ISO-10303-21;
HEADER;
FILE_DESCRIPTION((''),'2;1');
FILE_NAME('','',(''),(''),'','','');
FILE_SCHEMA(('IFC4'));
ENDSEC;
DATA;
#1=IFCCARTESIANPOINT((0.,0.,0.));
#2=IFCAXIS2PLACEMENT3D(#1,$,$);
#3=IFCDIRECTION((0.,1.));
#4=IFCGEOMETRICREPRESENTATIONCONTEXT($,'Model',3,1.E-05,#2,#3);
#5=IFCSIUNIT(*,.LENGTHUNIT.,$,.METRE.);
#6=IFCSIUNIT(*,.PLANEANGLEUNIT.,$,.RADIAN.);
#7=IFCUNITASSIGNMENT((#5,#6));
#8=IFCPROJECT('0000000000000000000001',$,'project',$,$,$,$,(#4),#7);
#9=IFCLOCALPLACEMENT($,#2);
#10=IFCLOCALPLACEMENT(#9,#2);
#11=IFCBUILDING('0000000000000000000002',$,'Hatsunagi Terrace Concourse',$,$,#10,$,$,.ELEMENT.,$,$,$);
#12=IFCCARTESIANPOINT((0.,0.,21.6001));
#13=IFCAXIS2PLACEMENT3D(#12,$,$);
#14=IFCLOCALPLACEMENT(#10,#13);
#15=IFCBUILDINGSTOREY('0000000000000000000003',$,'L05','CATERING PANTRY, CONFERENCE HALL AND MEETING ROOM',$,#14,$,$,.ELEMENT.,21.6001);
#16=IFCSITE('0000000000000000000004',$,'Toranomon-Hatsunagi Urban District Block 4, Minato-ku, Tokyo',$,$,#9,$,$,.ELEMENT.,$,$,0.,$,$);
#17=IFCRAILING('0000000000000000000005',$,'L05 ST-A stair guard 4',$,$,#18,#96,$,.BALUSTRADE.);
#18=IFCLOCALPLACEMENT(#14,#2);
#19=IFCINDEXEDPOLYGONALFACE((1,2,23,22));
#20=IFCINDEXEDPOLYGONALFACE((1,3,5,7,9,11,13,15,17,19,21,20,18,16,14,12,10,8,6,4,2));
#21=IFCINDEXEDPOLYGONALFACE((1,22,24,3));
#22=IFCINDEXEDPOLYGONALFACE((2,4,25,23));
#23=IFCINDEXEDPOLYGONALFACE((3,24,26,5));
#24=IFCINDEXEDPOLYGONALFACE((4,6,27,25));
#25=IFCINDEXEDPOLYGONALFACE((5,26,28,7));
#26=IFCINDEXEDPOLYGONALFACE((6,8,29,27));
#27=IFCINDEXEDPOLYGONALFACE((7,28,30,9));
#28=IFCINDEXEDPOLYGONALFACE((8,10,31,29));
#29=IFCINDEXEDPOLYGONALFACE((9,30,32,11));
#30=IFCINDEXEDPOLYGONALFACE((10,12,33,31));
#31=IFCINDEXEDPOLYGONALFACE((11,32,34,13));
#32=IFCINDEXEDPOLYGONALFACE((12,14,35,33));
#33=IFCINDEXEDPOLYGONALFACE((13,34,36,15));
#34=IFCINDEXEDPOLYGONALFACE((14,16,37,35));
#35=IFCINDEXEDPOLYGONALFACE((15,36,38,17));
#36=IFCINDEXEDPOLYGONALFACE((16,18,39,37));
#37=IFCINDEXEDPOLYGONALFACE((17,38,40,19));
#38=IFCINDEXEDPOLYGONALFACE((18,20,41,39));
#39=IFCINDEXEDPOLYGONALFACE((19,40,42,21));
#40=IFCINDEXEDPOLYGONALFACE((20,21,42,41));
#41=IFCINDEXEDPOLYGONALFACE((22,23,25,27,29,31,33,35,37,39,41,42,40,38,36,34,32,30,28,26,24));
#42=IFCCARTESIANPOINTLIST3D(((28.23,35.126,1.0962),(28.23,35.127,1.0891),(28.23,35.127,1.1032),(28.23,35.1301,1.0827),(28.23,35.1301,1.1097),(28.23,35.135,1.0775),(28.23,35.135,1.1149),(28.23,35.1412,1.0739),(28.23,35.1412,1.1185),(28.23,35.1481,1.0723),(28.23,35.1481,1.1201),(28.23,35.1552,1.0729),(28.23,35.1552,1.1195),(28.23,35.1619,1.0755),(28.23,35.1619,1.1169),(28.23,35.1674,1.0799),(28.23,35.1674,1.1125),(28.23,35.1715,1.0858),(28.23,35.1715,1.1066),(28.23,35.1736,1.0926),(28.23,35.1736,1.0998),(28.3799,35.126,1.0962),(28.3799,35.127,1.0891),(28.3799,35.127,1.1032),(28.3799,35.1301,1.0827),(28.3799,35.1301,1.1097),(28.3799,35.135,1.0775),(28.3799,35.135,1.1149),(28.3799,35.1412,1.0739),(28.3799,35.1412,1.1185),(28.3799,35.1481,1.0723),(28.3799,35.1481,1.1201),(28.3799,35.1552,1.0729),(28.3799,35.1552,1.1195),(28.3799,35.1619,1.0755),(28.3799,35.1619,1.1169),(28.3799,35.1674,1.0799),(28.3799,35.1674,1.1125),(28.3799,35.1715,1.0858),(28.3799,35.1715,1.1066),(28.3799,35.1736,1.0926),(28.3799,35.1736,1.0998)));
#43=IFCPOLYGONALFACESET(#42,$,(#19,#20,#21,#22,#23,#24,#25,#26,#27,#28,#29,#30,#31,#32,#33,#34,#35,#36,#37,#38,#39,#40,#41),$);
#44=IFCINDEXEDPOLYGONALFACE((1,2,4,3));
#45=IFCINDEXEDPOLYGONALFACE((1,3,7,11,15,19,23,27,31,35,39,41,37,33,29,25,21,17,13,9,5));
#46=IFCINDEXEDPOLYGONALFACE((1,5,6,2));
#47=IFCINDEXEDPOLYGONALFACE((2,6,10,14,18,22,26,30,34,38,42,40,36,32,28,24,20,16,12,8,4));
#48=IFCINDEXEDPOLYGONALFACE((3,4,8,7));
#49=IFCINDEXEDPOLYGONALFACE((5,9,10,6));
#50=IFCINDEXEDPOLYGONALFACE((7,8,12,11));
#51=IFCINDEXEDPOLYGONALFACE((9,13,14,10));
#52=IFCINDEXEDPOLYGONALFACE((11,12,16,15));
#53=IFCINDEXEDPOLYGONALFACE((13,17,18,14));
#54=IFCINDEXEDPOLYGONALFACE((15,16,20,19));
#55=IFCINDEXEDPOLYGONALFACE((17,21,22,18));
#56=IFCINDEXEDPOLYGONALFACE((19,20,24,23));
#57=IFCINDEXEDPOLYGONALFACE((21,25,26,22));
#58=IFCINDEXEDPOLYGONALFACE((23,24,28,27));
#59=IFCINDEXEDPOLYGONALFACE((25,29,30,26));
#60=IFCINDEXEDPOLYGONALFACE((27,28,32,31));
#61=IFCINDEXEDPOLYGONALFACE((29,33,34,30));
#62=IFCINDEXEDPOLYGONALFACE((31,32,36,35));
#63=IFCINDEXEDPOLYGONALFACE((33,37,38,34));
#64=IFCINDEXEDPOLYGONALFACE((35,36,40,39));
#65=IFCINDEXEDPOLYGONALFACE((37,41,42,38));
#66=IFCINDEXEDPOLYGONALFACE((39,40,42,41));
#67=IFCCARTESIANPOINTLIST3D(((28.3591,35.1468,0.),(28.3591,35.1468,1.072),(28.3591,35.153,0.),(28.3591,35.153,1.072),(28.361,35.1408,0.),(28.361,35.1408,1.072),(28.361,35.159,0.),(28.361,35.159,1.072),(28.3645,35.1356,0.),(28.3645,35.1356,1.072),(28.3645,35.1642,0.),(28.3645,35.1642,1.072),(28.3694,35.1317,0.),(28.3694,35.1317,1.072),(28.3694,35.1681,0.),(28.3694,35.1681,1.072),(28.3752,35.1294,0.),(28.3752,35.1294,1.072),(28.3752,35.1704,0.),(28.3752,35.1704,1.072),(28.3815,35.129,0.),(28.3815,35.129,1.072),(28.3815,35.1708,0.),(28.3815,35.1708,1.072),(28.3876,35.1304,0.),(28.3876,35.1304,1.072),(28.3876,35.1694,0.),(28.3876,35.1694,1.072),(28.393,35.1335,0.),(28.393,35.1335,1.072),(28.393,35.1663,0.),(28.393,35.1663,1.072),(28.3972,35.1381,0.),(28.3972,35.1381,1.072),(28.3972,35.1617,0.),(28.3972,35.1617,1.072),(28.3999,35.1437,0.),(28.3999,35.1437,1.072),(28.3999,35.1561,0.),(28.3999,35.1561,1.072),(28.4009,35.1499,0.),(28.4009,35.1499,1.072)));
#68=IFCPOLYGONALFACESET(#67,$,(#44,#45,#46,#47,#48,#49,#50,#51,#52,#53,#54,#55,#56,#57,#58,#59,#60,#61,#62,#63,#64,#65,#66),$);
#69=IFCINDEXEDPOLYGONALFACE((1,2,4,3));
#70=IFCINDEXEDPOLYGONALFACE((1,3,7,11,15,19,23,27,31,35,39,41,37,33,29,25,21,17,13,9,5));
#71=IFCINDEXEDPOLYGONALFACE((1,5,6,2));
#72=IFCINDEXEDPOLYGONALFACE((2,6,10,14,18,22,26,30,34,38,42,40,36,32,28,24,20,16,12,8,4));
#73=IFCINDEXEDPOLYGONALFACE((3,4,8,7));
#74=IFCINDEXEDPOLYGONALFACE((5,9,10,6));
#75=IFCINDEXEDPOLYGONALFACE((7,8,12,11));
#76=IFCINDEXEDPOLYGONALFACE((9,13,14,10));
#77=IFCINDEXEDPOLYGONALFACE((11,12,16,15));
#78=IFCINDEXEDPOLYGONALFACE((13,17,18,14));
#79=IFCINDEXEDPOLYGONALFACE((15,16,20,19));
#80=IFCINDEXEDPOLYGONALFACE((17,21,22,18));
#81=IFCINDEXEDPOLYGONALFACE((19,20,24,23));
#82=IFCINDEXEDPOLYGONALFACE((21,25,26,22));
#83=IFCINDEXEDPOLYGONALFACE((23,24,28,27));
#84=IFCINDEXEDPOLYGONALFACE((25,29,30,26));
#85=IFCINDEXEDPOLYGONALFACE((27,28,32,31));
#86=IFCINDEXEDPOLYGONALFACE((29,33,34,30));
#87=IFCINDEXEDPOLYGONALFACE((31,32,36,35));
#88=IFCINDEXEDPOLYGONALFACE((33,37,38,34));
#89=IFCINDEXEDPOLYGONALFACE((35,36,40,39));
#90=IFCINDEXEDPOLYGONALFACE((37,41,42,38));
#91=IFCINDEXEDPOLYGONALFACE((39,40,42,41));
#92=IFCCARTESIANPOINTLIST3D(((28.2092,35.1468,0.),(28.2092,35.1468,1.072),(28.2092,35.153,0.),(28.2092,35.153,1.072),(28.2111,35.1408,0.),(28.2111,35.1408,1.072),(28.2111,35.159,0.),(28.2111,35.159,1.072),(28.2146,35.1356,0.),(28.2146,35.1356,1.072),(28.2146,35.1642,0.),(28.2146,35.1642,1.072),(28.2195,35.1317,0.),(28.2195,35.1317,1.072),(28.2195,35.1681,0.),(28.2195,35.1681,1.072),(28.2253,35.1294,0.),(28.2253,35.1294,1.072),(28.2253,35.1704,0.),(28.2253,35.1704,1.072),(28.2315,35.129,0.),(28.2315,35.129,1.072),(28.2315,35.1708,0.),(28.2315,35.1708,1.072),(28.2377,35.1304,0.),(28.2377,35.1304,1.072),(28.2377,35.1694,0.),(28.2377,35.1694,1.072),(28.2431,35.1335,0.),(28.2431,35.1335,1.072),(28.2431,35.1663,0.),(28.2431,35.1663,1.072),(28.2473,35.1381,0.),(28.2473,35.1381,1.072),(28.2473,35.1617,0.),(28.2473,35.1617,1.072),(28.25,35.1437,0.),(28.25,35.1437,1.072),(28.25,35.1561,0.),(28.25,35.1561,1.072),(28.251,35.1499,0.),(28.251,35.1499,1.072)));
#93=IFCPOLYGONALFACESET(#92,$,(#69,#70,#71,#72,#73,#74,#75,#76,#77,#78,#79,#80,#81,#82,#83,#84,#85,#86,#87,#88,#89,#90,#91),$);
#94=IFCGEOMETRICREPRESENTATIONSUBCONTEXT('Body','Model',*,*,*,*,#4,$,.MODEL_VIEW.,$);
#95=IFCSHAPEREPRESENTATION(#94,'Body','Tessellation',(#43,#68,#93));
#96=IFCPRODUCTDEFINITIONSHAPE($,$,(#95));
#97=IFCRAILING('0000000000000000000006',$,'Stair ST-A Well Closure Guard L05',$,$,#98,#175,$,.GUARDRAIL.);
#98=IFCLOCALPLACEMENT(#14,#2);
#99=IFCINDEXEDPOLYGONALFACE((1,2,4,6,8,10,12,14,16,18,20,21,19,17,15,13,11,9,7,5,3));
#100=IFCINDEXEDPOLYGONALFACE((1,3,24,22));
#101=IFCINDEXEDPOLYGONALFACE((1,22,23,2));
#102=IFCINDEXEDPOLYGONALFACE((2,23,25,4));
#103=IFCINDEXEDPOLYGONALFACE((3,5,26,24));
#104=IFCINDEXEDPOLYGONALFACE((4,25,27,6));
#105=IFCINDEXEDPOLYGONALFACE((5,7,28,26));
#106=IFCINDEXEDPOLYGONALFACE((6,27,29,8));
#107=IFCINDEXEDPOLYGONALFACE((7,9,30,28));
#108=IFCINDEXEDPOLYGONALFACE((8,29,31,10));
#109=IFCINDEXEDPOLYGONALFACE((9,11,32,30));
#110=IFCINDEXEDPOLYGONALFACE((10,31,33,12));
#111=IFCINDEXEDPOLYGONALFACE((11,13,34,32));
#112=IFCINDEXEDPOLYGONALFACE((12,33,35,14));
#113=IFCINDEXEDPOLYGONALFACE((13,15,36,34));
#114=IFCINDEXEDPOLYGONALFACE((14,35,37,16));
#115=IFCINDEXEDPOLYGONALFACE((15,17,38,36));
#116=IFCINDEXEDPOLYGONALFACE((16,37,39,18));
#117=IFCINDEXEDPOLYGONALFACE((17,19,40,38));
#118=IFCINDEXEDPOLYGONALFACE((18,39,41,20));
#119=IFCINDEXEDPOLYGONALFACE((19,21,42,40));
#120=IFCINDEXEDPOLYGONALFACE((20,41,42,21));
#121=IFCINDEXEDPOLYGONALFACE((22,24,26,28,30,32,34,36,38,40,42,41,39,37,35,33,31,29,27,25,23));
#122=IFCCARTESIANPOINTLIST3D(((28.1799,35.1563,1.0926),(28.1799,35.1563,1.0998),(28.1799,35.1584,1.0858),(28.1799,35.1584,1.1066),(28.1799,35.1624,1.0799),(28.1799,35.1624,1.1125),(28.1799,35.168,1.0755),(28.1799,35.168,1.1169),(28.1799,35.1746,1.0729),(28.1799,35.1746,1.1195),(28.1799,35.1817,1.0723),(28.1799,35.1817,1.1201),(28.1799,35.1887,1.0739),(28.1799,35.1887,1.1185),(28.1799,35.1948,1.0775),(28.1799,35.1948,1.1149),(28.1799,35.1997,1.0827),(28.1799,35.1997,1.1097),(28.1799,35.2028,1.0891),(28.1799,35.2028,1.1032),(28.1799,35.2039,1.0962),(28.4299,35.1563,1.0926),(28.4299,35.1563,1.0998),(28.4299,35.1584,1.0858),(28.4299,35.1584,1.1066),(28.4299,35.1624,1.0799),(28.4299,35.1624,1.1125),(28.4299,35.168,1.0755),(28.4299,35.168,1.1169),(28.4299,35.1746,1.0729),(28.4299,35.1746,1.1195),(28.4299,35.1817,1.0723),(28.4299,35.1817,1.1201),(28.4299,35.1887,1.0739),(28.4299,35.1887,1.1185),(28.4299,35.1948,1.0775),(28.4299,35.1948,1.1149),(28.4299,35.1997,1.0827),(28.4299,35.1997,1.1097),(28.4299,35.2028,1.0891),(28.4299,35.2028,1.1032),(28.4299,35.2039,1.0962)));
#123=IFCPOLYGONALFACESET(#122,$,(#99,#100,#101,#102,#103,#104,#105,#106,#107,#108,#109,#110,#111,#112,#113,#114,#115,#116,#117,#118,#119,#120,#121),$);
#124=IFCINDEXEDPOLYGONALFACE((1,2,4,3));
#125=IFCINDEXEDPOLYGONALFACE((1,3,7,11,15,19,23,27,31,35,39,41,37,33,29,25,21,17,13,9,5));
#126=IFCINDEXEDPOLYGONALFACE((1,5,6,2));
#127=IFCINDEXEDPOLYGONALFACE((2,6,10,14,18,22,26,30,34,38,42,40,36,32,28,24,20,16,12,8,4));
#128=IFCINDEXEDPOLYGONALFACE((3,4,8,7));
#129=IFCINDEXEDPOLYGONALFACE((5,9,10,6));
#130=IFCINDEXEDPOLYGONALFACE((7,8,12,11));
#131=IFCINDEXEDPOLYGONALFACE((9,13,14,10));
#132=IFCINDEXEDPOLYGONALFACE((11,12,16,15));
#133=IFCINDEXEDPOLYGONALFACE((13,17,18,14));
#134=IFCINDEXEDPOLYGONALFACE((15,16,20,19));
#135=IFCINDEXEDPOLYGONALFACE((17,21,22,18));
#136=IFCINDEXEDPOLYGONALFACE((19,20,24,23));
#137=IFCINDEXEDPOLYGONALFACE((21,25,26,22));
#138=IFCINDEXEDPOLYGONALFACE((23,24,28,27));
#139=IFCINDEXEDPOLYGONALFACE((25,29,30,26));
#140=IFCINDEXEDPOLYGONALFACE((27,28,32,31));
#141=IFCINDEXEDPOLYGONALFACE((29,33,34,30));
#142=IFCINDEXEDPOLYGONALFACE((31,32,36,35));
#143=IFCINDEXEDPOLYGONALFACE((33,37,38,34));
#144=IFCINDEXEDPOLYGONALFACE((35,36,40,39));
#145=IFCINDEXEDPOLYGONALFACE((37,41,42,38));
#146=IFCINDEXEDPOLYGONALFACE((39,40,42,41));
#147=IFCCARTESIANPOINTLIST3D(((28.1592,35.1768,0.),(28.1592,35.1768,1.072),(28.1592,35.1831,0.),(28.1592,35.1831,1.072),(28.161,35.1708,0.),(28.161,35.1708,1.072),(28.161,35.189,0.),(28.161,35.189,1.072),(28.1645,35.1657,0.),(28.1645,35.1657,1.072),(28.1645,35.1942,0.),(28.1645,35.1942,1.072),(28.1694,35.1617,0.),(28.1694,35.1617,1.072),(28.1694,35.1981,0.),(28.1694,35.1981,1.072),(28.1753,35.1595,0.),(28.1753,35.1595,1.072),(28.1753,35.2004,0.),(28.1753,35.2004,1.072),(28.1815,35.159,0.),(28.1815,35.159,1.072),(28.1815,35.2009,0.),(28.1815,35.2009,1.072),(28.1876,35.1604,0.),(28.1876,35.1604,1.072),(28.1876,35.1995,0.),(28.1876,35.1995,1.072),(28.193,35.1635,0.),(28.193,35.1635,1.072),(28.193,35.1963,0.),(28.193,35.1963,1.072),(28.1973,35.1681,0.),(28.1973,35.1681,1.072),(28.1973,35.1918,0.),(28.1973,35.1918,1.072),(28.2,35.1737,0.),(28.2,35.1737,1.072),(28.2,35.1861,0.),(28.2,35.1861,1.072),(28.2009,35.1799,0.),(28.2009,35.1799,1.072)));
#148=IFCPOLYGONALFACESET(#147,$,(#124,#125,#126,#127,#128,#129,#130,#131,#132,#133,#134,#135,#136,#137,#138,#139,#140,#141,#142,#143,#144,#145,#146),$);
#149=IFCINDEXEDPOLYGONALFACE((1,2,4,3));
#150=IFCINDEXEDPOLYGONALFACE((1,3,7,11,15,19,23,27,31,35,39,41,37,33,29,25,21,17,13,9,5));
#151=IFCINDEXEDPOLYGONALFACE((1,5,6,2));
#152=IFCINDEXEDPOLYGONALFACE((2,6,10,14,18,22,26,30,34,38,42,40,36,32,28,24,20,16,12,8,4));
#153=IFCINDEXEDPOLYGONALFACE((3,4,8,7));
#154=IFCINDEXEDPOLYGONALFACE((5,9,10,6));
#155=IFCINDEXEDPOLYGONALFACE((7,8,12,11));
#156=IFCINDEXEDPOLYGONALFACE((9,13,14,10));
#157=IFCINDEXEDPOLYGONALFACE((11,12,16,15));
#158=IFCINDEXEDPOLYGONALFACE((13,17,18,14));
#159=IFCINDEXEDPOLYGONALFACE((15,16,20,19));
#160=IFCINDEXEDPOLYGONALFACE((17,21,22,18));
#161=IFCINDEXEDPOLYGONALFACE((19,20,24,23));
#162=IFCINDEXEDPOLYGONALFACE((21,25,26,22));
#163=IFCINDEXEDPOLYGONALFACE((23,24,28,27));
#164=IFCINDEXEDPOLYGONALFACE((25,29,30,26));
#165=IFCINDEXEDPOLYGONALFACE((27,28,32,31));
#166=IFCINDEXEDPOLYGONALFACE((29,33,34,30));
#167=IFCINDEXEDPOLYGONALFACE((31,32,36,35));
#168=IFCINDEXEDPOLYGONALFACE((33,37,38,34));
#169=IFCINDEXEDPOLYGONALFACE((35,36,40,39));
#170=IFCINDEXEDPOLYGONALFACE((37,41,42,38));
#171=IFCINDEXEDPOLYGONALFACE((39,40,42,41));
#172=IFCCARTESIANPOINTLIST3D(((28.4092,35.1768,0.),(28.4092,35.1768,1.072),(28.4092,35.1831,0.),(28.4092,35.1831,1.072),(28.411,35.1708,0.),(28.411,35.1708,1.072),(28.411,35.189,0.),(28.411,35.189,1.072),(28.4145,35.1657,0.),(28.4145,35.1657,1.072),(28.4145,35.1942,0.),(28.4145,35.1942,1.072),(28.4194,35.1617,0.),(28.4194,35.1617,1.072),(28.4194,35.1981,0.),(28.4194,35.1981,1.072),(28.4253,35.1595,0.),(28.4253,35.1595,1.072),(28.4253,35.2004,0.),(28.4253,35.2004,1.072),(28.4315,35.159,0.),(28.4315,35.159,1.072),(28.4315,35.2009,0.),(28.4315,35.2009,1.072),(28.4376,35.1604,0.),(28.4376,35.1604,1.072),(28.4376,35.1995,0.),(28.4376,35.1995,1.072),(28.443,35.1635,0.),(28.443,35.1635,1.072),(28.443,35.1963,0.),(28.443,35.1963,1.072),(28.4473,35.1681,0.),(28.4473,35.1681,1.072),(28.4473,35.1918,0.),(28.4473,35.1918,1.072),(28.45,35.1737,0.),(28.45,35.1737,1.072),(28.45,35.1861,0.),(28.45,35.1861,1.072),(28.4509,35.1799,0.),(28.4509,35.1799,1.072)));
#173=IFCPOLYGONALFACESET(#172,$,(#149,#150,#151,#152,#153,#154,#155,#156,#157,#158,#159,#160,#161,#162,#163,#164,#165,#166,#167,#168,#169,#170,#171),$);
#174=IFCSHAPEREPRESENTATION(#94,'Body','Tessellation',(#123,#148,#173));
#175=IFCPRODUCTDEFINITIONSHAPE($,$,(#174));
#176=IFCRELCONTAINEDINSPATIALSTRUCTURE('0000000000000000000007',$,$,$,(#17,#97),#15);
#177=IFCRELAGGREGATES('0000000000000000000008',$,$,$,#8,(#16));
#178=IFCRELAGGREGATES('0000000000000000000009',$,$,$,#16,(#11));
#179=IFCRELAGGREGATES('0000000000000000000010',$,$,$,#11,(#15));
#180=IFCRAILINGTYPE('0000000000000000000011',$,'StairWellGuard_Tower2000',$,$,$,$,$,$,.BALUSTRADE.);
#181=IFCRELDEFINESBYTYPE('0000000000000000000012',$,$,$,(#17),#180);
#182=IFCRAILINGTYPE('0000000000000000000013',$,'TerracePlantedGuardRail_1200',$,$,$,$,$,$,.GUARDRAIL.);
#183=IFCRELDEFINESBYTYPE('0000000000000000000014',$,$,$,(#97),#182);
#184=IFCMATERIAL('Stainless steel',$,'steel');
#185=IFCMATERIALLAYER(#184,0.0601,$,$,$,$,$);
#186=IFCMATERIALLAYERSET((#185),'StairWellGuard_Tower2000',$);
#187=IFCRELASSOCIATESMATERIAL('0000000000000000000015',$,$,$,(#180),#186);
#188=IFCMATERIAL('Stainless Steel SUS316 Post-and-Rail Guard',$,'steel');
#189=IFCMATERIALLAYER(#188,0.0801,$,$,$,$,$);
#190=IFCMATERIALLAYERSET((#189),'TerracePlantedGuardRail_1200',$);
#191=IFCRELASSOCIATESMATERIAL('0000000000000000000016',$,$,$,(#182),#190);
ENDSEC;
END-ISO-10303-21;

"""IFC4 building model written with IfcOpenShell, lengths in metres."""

from ifc_helpers import new_model, si_unit, direction, frame, origin, origin_2d, place, context, subcontext, project, spatial, circle, extrude, material, layer, layer_set, type_object, element, save


model = new_model("IFC4")

# Units and contexts
model_context = context("Model", 3, precision=1e-05, world=origin(), true_north=direction((0.0, 1.0)))
body_context = subcontext(model_context, "Body", "Model", "MODEL_VIEW")
ifc_project = project(units=[si_unit("LENGTHUNIT", "METRE"), si_unit("PLANEANGLEUNIT", "RADIAN")], contexts=[model_context])

# Site, building, storey
site_placement = place(None, origin())
site = spatial("IfcSite", under=ifc_project, at=site_placement, Name="Toranomon-Hatsunagi Urban District Block 4, Minato-ku, Tokyo", CompositionType="ELEMENT", RefElevation=0.0)
building_placement = place(site_placement, origin())
building = spatial("IfcBuilding", under=site, at=building_placement, Name="Hatsunagi Terrace Concourse", CompositionType="ELEMENT")
storey_placement = place(building_placement, frame((0.0, 0.0, 21.6001)))
storey = spatial("IfcBuildingStorey", under=building, at=storey_placement, Name="L05", Description="CATERING PANTRY, CONFERENCE HALL AND MEETING ROOM", CompositionType="ELEMENT", Elevation=21.6001)

# Railings
ifc_material_1 = material(Name="Stainless steel", Category="steel")
ifc_layer_1 = layer(ifc_material_1, 0.0601)
ifc_layer_set_1 = layer_set([ifc_layer_1], Name="StairWellGuard_Tower2000")
railing_type_1 = type_object("IfcRailingType", Name="StairWellGuard_Tower2000", PredefinedType="BALUSTRADE", material=ifc_layer_set_1)
railing_1_placement = place(storey_placement, frame((28.3799, 35.1499, 0.0)))
element("IfcRailing", 1, at=railing_1_placement, inside=storey, type_object=railing_type_1, Name="L05 ST-A stair guard 4", PredefinedType="BALUSTRADE", context=body_context, shape_type="SweptSolid", body=[
    extrude(circle(Radius=0.0239, at=origin_2d()), frame((0.0, 0.0, 1.0962), z_axis=(-1.0, 0.0, 0.0), x_axis=(0.0, -1.0, 0.0)), (0.0, 0.0, 1.0), 0.1499),
    extrude(circle(Radius=0.021, at=origin_2d()), origin(), (0.0, 0.0, 1.0), 1.072),
    extrude(circle(Radius=0.021, at=origin_2d()), frame((-0.1499, 0.0, 0.0)), (0.0, 0.0, 1.0), 1.072),
])
ifc_material_2 = material(Name="Stainless Steel SUS316 Post-and-Rail Guard", Category="steel")
ifc_layer_2 = layer(ifc_material_2, 0.0801)
ifc_layer_set_2 = layer_set([ifc_layer_2], Name="TerracePlantedGuardRail_1200")
railing_type_2 = type_object("IfcRailingType", Name="TerracePlantedGuardRail_1200", PredefinedType="GUARDRAIL", material=ifc_layer_set_2)
railing_2_placement = place(storey_placement, frame((28.1799, 35.1799, 0.0)))
element("IfcRailing", 2, at=railing_2_placement, inside=storey, type_object=railing_type_2, Name="Stair ST-A Well Closure Guard L05", PredefinedType="GUARDRAIL", context=body_context, shape_type="SweptSolid", body=[
    extrude(circle(Radius=0.0239, at=origin_2d()), frame((0.0, 0.0, 1.0962), z_axis=(1.0, 0.0, 0.0), x_axis=(0.0, 1.0, 0.0)), (0.0, 0.0, 1.0), 0.25),
    extrude(circle(Radius=0.021, at=origin_2d()), origin(), (0.0, 0.0, 1.0), 1.072),
    extrude(circle(Radius=0.021, at=origin_2d()), frame((0.25, 0.0, 0.0)), (0.0, 0.0, 1.0), 1.072),
])

save(model, "model.ifc")
